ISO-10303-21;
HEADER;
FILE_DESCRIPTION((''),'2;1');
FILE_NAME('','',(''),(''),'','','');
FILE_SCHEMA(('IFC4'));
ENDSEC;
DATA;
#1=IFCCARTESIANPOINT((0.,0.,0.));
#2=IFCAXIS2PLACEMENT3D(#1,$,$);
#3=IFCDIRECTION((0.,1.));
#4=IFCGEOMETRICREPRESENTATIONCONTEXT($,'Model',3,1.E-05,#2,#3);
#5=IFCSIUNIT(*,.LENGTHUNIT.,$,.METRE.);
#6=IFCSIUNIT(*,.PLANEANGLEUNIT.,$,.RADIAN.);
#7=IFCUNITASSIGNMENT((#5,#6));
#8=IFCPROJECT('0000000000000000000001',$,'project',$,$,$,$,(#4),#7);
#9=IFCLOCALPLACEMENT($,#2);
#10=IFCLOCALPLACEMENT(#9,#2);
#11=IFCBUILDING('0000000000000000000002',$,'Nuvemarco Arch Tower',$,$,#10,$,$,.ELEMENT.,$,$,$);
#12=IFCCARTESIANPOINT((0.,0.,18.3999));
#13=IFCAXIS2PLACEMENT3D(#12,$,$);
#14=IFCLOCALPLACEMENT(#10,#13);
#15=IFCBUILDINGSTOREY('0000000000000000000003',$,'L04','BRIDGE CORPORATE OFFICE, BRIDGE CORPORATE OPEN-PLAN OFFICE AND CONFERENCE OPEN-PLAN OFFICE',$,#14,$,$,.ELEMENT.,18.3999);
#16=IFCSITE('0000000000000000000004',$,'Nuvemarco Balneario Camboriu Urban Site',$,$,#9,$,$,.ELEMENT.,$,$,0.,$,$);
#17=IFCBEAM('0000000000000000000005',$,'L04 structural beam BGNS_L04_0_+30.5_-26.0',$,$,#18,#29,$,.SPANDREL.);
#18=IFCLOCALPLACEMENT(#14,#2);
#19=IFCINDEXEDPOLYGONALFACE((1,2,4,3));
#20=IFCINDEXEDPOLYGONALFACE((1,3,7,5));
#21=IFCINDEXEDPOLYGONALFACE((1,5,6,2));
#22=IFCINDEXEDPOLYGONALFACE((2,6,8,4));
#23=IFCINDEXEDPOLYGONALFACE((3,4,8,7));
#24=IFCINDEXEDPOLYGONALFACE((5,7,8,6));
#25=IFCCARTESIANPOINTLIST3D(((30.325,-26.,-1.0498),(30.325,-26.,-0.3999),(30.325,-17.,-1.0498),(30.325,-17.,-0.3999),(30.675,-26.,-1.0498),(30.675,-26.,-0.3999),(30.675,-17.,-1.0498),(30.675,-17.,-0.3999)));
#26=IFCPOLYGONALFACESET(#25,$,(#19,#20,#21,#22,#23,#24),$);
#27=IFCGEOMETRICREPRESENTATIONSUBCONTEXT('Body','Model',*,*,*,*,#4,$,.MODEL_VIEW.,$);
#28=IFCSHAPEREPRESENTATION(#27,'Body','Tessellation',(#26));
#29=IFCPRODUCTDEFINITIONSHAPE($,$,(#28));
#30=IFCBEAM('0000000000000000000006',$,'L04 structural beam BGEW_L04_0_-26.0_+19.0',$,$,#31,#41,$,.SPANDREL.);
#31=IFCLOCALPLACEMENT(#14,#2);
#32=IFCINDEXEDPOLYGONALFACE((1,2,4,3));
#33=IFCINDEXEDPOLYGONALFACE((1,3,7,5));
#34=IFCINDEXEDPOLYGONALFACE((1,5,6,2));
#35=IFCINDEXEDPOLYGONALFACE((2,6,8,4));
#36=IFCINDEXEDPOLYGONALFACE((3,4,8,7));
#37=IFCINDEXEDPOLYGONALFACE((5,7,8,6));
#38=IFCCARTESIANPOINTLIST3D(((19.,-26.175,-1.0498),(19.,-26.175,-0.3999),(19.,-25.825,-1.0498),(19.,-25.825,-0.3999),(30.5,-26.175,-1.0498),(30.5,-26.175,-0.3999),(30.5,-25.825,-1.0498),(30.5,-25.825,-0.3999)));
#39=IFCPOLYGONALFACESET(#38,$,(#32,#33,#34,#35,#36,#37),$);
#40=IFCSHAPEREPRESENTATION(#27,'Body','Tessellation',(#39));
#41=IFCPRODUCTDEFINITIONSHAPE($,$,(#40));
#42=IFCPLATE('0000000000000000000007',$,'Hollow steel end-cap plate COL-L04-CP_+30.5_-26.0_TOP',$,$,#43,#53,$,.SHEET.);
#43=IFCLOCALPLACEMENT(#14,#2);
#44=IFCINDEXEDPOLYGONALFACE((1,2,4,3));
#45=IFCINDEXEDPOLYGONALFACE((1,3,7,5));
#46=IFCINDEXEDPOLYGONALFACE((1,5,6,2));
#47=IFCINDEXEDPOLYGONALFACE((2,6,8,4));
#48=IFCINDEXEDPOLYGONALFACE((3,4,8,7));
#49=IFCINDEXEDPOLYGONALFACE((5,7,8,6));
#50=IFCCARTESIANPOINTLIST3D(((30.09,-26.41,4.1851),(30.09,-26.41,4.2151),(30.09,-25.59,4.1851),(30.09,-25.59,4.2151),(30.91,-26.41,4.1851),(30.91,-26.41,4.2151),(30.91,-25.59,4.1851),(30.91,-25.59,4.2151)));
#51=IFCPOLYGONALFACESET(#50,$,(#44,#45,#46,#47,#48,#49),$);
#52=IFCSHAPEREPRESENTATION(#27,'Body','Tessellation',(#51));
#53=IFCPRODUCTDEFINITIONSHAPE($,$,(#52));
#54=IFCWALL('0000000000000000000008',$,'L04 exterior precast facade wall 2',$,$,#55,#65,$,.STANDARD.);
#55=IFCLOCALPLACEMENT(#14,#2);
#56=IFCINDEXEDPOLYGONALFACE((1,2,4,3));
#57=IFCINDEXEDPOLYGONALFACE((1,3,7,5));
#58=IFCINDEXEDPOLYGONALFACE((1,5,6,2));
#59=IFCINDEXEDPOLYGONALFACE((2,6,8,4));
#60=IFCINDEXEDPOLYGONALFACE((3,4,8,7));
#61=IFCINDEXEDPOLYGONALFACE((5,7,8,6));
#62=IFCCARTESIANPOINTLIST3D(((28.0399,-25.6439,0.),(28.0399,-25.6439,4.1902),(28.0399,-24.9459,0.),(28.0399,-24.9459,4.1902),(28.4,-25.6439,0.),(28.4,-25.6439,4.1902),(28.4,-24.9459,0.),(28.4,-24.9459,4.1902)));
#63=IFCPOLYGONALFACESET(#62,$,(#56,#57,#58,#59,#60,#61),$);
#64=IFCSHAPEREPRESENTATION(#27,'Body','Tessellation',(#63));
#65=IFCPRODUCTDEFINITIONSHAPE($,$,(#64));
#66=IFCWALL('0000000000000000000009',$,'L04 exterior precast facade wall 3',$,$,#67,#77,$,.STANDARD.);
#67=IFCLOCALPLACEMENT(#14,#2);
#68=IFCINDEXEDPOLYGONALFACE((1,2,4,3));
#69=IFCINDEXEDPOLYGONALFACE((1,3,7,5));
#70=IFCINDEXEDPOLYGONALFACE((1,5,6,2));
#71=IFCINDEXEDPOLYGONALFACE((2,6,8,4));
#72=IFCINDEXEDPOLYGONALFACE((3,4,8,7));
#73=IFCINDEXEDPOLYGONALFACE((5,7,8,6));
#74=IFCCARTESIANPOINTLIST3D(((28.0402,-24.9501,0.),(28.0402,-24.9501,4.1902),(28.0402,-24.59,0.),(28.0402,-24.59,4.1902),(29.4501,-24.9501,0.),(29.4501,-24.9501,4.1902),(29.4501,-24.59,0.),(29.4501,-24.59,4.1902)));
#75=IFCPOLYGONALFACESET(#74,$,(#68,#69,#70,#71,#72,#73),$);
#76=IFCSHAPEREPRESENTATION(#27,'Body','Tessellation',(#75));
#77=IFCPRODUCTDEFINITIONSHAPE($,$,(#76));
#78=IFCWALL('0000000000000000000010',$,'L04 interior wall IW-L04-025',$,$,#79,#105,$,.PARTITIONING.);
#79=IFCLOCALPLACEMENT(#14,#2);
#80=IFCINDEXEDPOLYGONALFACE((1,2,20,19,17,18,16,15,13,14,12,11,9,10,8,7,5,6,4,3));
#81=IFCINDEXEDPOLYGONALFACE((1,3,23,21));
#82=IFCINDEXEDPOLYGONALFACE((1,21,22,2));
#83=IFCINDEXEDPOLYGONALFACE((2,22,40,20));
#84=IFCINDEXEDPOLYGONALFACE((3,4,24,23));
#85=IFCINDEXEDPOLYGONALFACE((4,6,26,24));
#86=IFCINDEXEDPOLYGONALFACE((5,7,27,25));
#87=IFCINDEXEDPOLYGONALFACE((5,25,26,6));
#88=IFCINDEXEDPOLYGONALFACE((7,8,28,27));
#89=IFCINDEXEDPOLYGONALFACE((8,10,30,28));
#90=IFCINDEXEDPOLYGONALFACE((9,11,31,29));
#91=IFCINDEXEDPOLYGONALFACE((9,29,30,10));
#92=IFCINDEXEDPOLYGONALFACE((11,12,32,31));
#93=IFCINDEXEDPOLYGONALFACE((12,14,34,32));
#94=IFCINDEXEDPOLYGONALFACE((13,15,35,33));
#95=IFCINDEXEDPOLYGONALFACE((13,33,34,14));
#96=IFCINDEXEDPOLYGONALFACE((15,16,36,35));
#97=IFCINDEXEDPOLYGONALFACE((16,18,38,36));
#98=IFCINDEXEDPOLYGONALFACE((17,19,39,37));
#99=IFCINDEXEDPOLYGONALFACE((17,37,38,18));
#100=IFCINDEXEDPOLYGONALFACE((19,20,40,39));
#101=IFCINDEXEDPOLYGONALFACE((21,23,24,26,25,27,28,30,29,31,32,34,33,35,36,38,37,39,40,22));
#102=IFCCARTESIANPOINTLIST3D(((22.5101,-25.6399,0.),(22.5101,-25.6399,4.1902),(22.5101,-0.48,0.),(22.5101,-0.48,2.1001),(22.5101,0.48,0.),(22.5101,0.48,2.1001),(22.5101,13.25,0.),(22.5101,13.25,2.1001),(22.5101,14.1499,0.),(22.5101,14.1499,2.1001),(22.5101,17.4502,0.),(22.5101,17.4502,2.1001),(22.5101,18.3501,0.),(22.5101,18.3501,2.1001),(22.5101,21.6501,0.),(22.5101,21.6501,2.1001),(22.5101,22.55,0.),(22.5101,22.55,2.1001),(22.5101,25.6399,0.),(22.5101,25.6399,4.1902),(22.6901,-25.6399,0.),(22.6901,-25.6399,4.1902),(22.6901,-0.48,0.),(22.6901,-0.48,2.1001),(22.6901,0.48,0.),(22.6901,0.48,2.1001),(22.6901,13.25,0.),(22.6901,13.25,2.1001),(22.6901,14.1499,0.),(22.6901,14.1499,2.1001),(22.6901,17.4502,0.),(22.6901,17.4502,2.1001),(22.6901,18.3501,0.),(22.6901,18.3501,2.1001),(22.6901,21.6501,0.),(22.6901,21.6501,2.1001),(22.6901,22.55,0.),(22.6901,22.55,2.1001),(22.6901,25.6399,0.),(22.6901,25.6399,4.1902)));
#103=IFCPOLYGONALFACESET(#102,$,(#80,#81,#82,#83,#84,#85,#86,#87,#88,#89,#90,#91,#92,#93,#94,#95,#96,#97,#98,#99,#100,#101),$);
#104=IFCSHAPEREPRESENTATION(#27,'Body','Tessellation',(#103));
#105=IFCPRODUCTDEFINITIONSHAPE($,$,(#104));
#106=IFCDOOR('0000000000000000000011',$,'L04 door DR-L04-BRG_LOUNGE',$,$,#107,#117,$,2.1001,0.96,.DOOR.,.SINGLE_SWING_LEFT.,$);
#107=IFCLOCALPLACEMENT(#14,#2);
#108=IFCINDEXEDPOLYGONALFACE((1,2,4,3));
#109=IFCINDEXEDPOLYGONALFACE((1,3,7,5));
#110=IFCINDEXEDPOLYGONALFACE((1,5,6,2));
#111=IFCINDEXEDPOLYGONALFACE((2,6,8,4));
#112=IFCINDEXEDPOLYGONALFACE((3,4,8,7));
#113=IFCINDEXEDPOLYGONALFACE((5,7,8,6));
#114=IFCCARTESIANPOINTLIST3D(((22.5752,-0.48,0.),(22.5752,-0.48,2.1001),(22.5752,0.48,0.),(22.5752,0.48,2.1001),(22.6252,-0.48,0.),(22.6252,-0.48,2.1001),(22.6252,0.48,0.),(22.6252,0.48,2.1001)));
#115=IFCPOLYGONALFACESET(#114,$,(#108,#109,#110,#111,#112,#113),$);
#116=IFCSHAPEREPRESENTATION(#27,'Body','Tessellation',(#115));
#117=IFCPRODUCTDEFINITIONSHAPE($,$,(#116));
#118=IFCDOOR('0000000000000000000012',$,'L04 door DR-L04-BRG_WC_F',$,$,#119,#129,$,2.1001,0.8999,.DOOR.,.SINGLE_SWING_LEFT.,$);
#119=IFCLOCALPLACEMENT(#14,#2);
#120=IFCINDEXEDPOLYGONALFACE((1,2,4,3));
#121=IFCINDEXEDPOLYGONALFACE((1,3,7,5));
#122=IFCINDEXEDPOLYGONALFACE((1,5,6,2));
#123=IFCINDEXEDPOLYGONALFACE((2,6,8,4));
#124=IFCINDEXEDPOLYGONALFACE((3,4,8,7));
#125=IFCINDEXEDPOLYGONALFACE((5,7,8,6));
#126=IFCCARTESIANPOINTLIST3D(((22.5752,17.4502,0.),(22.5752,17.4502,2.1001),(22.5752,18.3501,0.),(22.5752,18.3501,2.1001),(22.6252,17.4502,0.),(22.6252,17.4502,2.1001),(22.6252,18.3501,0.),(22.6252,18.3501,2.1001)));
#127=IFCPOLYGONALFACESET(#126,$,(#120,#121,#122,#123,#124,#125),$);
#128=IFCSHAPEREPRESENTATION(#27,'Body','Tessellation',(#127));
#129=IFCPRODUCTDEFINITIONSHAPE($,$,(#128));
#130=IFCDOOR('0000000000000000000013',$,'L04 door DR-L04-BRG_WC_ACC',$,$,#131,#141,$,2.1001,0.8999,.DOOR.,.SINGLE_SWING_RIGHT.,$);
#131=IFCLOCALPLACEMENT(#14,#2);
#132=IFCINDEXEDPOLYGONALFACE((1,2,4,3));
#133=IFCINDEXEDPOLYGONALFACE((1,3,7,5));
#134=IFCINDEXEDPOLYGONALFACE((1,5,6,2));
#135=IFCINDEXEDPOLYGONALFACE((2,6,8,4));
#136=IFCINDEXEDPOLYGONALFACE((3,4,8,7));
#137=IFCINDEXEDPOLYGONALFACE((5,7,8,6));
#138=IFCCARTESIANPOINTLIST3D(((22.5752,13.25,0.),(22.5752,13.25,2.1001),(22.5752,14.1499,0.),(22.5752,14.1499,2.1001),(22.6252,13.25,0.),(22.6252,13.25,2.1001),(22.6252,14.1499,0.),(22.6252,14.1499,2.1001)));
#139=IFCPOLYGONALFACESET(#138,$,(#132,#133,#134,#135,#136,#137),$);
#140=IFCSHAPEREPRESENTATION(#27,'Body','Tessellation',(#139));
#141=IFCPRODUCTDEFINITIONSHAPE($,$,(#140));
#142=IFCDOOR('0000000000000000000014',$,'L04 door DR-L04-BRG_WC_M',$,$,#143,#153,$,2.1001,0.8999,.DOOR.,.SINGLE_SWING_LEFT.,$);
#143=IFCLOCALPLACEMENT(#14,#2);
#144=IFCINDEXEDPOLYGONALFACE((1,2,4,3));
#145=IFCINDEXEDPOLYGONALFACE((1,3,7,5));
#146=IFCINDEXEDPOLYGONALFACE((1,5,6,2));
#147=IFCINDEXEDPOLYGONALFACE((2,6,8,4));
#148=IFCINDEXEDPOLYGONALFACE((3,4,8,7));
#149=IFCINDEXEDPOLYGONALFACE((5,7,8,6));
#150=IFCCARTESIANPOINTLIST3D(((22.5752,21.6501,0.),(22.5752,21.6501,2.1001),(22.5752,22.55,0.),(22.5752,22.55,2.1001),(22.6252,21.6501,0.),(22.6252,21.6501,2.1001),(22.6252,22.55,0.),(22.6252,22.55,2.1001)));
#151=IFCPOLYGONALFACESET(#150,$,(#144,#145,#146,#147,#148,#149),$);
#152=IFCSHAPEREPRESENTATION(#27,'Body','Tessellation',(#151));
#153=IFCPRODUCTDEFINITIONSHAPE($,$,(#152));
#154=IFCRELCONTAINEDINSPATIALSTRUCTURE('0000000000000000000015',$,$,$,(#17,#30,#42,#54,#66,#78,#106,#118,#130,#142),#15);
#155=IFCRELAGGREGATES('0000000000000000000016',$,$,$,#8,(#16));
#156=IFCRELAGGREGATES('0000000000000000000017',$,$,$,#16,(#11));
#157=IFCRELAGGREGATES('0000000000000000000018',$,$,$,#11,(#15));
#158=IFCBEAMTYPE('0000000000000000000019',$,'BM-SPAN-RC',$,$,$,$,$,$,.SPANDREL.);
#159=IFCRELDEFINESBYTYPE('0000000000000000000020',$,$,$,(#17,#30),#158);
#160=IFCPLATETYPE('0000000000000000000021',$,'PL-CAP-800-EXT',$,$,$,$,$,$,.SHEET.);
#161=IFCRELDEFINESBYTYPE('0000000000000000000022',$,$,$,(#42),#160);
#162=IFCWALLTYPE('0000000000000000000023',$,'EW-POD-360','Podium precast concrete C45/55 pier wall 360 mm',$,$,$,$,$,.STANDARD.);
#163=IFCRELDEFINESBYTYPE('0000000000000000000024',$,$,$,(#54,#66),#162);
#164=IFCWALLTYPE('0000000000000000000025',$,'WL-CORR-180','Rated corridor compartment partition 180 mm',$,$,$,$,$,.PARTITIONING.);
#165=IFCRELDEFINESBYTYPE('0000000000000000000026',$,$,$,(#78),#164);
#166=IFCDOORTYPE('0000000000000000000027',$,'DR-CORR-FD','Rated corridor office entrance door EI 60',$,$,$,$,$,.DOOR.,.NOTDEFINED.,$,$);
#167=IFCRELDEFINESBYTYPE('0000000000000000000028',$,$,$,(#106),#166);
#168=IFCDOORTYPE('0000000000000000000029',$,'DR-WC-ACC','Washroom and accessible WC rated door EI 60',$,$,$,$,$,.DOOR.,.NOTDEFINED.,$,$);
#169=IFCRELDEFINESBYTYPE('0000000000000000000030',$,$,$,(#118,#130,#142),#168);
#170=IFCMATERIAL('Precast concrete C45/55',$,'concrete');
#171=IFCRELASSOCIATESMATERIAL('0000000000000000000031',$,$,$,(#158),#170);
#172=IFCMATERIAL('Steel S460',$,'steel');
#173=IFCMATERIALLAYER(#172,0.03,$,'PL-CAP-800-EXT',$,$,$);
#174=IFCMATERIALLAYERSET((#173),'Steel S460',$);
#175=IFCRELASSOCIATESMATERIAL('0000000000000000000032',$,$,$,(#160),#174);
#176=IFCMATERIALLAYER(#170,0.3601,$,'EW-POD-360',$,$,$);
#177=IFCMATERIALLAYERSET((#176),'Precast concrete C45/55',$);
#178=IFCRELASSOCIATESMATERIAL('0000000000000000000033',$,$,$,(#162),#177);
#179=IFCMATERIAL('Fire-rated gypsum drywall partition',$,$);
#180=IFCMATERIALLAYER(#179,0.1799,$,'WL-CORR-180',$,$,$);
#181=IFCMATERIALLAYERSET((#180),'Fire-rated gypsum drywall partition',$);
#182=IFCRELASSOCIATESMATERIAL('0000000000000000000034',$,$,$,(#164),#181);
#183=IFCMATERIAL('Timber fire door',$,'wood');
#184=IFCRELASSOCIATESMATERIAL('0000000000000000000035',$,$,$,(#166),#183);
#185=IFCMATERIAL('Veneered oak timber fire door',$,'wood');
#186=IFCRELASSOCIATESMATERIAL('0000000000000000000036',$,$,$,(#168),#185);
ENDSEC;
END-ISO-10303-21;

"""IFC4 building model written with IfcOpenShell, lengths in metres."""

from ifc_helpers import new_model, si_unit, direction, frame, frame_2d, origin, origin_2d, place, context, subcontext, project, spatial, rectangle, extrude, source, transform, mapped, material, layer, layer_set, material_profile, profile_set, type_object, type_shapes, element, fill, save


model = new_model("IFC4")

# Units and contexts
model_context = context("Model", 3, precision=1e-05, world=origin(), true_north=direction((0.0, 1.0)))
body_context = subcontext(model_context, "Body", "Model", "MODEL_VIEW")
ifc_project = project(units=[si_unit("LENGTHUNIT", "METRE"), si_unit("PLANEANGLEUNIT", "RADIAN")], contexts=[model_context])

# Site, building, storey
site_placement = place(None, origin())
site = spatial("IfcSite", under=ifc_project, at=site_placement, Name="Nuvemarco Balneario Camboriu Urban Site", CompositionType="ELEMENT", RefElevation=0.0)
building_placement = place(site_placement, origin())
building = spatial("IfcBuilding", under=site, at=building_placement, Name="Nuvemarco Arch Tower", CompositionType="ELEMENT")
storey_placement = place(building_placement, frame((0.0, 0.0, 18.3999)))
storey = spatial("IfcBuildingStorey", under=building, at=storey_placement, Name="L04", Description="BRIDGE CORPORATE OFFICE, BRIDGE CORPORATE OPEN-PLAN OFFICE AND CONFERENCE OPEN-PLAN OFFICE", CompositionType="ELEMENT", Elevation=18.3999)

# Shared definitions
ifc_material_1 = material(Name="Steel S460", Category="steel")

# Beams
ifc_material_2 = material(Name="Precast concrete C45/55", Category="concrete")
ifc_material_profile_1 = material_profile(ifc_material_2, rectangle(XDim=0.3501, YDim=0.6499, at=origin_2d()), Name="PC-SP-350x650")
ifc_profile_set_1 = profile_set([ifc_material_profile_1], Name="Precast concrete C45/55")
beam_type_1 = type_object("IfcBeamType", Name="BM-SPAN-RC", PredefinedType="SPANDREL", material=ifc_profile_set_1)
beam_1_placement = place(storey_placement, frame((30.5, -26.0, -0.7249), z_axis=(0.0, 1.0, 0.0), x_axis=(-1.0, 0.0, 0.0)))
element("IfcBeam", 1, at=beam_1_placement, inside=storey, type_object=beam_type_1, Name="L04 structural beam BGNS_L04_0_+30.5_-26.0", PredefinedType="SPANDREL", context=body_context, shape_type="SweptSolid", body=[
    extrude(rectangle(XDim=0.3501, YDim=0.6499, at=origin_2d()), origin(), (0.0, 0.0, 1.0), 9.0),
])
beam_2_placement = place(storey_placement, frame((19.0, -26.0, -0.7249), z_axis=(1.0, 0.0, 0.0), x_axis=(0.0, 1.0, 0.0)))
element("IfcBeam", 2, at=beam_2_placement, inside=storey, type_object=beam_type_1, Name="L04 structural beam BGEW_L04_0_-26.0_+19.0", PredefinedType="SPANDREL", context=body_context, shape_type="SweptSolid", body=[
    extrude(rectangle(XDim=0.3501, YDim=0.6499, at=origin_2d()), origin(), (0.0, 0.0, 1.0), 11.5),
])

# Plate
ifc_layer_1 = layer(ifc_material_1, 0.03, Name="PL-CAP-800-EXT")
ifc_layer_set_1 = layer_set([ifc_layer_1], Name="Steel S460")
plate_type = type_object("IfcPlateType", Name="PL-CAP-800-EXT", PredefinedType="SHEET", material=ifc_layer_set_1)
shared_shape_1 = source(origin(), body_context, "Body", "SweptSolid", [
    extrude(rectangle(XDim=0.8201, YDim=0.8201, at=origin_2d()), origin(), (0.0, 0.0, 1.0), 0.03),
])
type_shapes(plate_type, [shared_shape_1])
plate_placement = place(storey_placement, frame((30.5, -26.0, 4.1851), z_axis=(0.0, 0.0, 1.0), x_axis=(1.0, 0.0, 0.0)))
element("IfcPlate", 3, at=plate_placement, inside=storey, type_object=plate_type, Name="Hollow steel end-cap plate COL-L04-CP_+30.5_-26.0_TOP", PredefinedType="SHEET", context=body_context, shape_type="MappedRepresentation", body=[
    mapped(shared_shape_1, transform((0.0, 0.0, 0.0), scale=1.0)),
])

# Walls
ifc_layer_2 = layer(ifc_material_2, 0.3601, Name="EW-POD-360")
ifc_layer_set_2 = layer_set([ifc_layer_2], Name="Precast concrete C45/55")
wall_type_1 = type_object("IfcWallType", Name="EW-POD-360", Description="Podium precast concrete C45/55 pier wall 360 mm", PredefinedType="STANDARD", material=ifc_layer_set_2)
wall_1_placement = place(storey_placement, frame((28.22, -25.644, 0.0), z_axis=(0.0, 0.0, 1.0), x_axis=(0.0, 1.0, 0.0)))
element("IfcWall", 4, at=wall_1_placement, inside=storey, type_object=wall_type_1, Name="L04 exterior precast facade wall 2", PredefinedType="STANDARD", context=body_context, shape_type="SweptSolid", body=[
    extrude(rectangle(XDim=0.698, YDim=0.3601, at=frame_2d((0.3491, 0.0))), origin(), (0.0, 0.0, 1.0), 4.1902),
])
wall_2_placement = place(storey_placement, frame((28.04, -24.77, 0.0), z_axis=(0.0, 0.0, 1.0), x_axis=(1.0, 0.0, 0.0)))
element("IfcWall", 5, at=wall_2_placement, inside=storey, type_object=wall_type_1, Name="L04 exterior precast facade wall 3", PredefinedType="STANDARD", context=body_context, shape_type="SweptSolid", body=[
    extrude(rectangle(XDim=1.4099, YDim=0.3601, at=frame_2d((0.7051, 0.0))), origin(), (0.0, 0.0, 1.0), 4.1902),
])

# Wall, openings, doors
ifc_material_3 = material(Name="Fire-rated gypsum drywall partition")
ifc_layer_3 = layer(ifc_material_3, 0.1799, Name="WL-CORR-180")
ifc_layer_set_3 = layer_set([ifc_layer_3], Name="Fire-rated gypsum drywall partition")
wall_type_2 = type_object("IfcWallType", Name="WL-CORR-180", Description="Rated corridor compartment partition 180 mm", PredefinedType="PARTITIONING", material=ifc_layer_set_3)
wall_3_placement = place(storey_placement, frame((22.6001, -25.6399, 0.0), z_axis=(0.0, 0.0, 1.0), x_axis=(0.0, 1.0, 0.0)))
wall_3 = element("IfcWall", 6, at=wall_3_placement, inside=storey, type_object=wall_type_2, Name="L04 interior wall IW-L04-025", PredefinedType="PARTITIONING", context=body_context, shape_type="SweptSolid", body=[
    extrude(rectangle(XDim=51.2798, YDim=0.1799, at=frame_2d((25.6399, 0.0))), origin(), (0.0, 0.0, 1.0), 4.1902),
])
opening_1_placement = place(wall_3_placement, frame((25.1599, 0.0, 0.0)))
opening_1 = element("IfcOpeningElement", 7, at=opening_1_placement, cuts=wall_3, PredefinedType="OPENING", context=body_context, shape_type="SweptSolid", body=[
    extrude(rectangle(XDim=0.96, YDim=2.1001, at=frame_2d((0.48, 1.05))), frame((0.0, 0.0999, 0.0), z_axis=(0.0, -1.0, 0.0), x_axis=(1.0, 0.0, 0.0)), (0.0, 0.0, 1.0), 0.2),
])
opening_2_placement = place(wall_3_placement, frame((43.0901, 0.0, 0.0)))
opening_2 = element("IfcOpeningElement", 8, at=opening_2_placement, cuts=wall_3, PredefinedType="OPENING", context=body_context, shape_type="SweptSolid", body=[
    extrude(rectangle(XDim=0.8999, YDim=2.1001, at=frame_2d((0.45, 1.05))), frame((0.0, 0.0999, 0.0), z_axis=(0.0, -1.0, 0.0), x_axis=(1.0, 0.0, 0.0)), (0.0, 0.0, 1.0), 0.2),
])
opening_3_placement = place(wall_3_placement, frame((38.8899, 0.0, 0.0)))
opening_3 = element("IfcOpeningElement", 9, at=opening_3_placement, cuts=wall_3, PredefinedType="OPENING", context=body_context, shape_type="SweptSolid", body=[
    extrude(rectangle(XDim=0.8999, YDim=2.1001, at=frame_2d((0.45, 1.05))), frame((0.0, 0.0999, 0.0), z_axis=(0.0, -1.0, 0.0), x_axis=(1.0, 0.0, 0.0)), (0.0, 0.0, 1.0), 0.2),
])
opening_4_placement = place(wall_3_placement, frame((47.29, 0.0, 0.0)))
opening_4 = element("IfcOpeningElement", 10, at=opening_4_placement, cuts=wall_3, PredefinedType="OPENING", context=body_context, shape_type="SweptSolid", body=[
    extrude(rectangle(XDim=0.8999, YDim=2.1001, at=frame_2d((0.45, 1.05))), frame((0.0, 0.0999, 0.0), z_axis=(0.0, -1.0, 0.0), x_axis=(1.0, 0.0, 0.0)), (0.0, 0.0, 1.0), 0.2),
])
ifc_material_4 = material(Name="Timber fire door", Category="wood")
door_type_1 = type_object("IfcDoorType", Name="DR-CORR-FD", Description="Rated corridor office entrance door EI 60", OperationType="NOTDEFINED", PredefinedType="DOOR", material=ifc_material_4)
shared_shape_2 = source(origin(), body_context, "Body", "SweptSolid", [
    extrude(rectangle(XDim=0.96, YDim=2.1001, at=frame_2d((0.48, 1.05))), frame((0.0, 0.0249, 0.0), z_axis=(0.0, -1.0, 0.0), x_axis=(1.0, 0.0, 0.0)), (0.0, 0.0, 1.0), 0.05),
])
type_shapes(door_type_1, [shared_shape_2])
door_1_placement = place(opening_1_placement, origin())
door_1 = element("IfcDoor", 11, at=door_1_placement, inside=storey, type_object=door_type_1, Name="L04 door DR-L04-BRG_LOUNGE", OperationType="SINGLE_SWING_LEFT", OverallHeight=2.1001, OverallWidth=0.96, PredefinedType="DOOR", context=body_context, shape_type="MappedRepresentation", body=[
    mapped(shared_shape_2, transform((0.0, 0.0, 0.0), scale=1.0)),
])
fill(opening_1, door_1)
ifc_material_5 = material(Name="Veneered oak timber fire door", Category="wood")
door_type_2 = type_object("IfcDoorType", Name="DR-WC-ACC", Description="Washroom and accessible WC rated door EI 60", OperationType="NOTDEFINED", PredefinedType="DOOR", material=ifc_material_5)
shared_shape_3 = source(origin(), body_context, "Body", "SweptSolid", [
    extrude(rectangle(XDim=0.8999, YDim=2.1001, at=frame_2d((0.45, 1.05))), frame((0.0, 0.0249, 0.0), z_axis=(0.0, -1.0, 0.0), x_axis=(1.0, 0.0, 0.0)), (0.0, 0.0, 1.0), 0.05),
])
type_shapes(door_type_2, [shared_shape_3])
door_2_placement = place(opening_2_placement, origin())
door_2 = element("IfcDoor", 12, at=door_2_placement, inside=storey, type_object=door_type_2, Name="L04 door DR-L04-BRG_WC_F", OperationType="SINGLE_SWING_LEFT", OverallHeight=2.1001, OverallWidth=0.8999, PredefinedType="DOOR", context=body_context, shape_type="MappedRepresentation", body=[
    mapped(shared_shape_3, transform((0.0, 0.0, 0.0), scale=1.0)),
])
fill(opening_2, door_2)
door_3_placement = place(opening_3_placement, origin())
door_3 = element("IfcDoor", 13, at=door_3_placement, inside=storey, type_object=door_type_2, Name="L04 door DR-L04-BRG_WC_ACC", OperationType="SINGLE_SWING_RIGHT", OverallHeight=2.1001, OverallWidth=0.8999, PredefinedType="DOOR", context=body_context, shape_type="MappedRepresentation", body=[
    mapped(shared_shape_3, transform((0.0, 0.0, 0.0), scale=1.0)),
])
fill(opening_3, door_3)
door_4_placement = place(opening_4_placement, origin())
door_4 = element("IfcDoor", 14, at=door_4_placement, inside=storey, type_object=door_type_2, Name="L04 door DR-L04-BRG_WC_M", OperationType="SINGLE_SWING_LEFT", OverallHeight=2.1001, OverallWidth=0.8999, PredefinedType="DOOR", context=body_context, shape_type="MappedRepresentation", body=[
    mapped(shared_shape_3, transform((0.0, 0.0, 0.0), scale=1.0)),
])
fill(opening_4, door_4)

save(model, "model.ifc")
